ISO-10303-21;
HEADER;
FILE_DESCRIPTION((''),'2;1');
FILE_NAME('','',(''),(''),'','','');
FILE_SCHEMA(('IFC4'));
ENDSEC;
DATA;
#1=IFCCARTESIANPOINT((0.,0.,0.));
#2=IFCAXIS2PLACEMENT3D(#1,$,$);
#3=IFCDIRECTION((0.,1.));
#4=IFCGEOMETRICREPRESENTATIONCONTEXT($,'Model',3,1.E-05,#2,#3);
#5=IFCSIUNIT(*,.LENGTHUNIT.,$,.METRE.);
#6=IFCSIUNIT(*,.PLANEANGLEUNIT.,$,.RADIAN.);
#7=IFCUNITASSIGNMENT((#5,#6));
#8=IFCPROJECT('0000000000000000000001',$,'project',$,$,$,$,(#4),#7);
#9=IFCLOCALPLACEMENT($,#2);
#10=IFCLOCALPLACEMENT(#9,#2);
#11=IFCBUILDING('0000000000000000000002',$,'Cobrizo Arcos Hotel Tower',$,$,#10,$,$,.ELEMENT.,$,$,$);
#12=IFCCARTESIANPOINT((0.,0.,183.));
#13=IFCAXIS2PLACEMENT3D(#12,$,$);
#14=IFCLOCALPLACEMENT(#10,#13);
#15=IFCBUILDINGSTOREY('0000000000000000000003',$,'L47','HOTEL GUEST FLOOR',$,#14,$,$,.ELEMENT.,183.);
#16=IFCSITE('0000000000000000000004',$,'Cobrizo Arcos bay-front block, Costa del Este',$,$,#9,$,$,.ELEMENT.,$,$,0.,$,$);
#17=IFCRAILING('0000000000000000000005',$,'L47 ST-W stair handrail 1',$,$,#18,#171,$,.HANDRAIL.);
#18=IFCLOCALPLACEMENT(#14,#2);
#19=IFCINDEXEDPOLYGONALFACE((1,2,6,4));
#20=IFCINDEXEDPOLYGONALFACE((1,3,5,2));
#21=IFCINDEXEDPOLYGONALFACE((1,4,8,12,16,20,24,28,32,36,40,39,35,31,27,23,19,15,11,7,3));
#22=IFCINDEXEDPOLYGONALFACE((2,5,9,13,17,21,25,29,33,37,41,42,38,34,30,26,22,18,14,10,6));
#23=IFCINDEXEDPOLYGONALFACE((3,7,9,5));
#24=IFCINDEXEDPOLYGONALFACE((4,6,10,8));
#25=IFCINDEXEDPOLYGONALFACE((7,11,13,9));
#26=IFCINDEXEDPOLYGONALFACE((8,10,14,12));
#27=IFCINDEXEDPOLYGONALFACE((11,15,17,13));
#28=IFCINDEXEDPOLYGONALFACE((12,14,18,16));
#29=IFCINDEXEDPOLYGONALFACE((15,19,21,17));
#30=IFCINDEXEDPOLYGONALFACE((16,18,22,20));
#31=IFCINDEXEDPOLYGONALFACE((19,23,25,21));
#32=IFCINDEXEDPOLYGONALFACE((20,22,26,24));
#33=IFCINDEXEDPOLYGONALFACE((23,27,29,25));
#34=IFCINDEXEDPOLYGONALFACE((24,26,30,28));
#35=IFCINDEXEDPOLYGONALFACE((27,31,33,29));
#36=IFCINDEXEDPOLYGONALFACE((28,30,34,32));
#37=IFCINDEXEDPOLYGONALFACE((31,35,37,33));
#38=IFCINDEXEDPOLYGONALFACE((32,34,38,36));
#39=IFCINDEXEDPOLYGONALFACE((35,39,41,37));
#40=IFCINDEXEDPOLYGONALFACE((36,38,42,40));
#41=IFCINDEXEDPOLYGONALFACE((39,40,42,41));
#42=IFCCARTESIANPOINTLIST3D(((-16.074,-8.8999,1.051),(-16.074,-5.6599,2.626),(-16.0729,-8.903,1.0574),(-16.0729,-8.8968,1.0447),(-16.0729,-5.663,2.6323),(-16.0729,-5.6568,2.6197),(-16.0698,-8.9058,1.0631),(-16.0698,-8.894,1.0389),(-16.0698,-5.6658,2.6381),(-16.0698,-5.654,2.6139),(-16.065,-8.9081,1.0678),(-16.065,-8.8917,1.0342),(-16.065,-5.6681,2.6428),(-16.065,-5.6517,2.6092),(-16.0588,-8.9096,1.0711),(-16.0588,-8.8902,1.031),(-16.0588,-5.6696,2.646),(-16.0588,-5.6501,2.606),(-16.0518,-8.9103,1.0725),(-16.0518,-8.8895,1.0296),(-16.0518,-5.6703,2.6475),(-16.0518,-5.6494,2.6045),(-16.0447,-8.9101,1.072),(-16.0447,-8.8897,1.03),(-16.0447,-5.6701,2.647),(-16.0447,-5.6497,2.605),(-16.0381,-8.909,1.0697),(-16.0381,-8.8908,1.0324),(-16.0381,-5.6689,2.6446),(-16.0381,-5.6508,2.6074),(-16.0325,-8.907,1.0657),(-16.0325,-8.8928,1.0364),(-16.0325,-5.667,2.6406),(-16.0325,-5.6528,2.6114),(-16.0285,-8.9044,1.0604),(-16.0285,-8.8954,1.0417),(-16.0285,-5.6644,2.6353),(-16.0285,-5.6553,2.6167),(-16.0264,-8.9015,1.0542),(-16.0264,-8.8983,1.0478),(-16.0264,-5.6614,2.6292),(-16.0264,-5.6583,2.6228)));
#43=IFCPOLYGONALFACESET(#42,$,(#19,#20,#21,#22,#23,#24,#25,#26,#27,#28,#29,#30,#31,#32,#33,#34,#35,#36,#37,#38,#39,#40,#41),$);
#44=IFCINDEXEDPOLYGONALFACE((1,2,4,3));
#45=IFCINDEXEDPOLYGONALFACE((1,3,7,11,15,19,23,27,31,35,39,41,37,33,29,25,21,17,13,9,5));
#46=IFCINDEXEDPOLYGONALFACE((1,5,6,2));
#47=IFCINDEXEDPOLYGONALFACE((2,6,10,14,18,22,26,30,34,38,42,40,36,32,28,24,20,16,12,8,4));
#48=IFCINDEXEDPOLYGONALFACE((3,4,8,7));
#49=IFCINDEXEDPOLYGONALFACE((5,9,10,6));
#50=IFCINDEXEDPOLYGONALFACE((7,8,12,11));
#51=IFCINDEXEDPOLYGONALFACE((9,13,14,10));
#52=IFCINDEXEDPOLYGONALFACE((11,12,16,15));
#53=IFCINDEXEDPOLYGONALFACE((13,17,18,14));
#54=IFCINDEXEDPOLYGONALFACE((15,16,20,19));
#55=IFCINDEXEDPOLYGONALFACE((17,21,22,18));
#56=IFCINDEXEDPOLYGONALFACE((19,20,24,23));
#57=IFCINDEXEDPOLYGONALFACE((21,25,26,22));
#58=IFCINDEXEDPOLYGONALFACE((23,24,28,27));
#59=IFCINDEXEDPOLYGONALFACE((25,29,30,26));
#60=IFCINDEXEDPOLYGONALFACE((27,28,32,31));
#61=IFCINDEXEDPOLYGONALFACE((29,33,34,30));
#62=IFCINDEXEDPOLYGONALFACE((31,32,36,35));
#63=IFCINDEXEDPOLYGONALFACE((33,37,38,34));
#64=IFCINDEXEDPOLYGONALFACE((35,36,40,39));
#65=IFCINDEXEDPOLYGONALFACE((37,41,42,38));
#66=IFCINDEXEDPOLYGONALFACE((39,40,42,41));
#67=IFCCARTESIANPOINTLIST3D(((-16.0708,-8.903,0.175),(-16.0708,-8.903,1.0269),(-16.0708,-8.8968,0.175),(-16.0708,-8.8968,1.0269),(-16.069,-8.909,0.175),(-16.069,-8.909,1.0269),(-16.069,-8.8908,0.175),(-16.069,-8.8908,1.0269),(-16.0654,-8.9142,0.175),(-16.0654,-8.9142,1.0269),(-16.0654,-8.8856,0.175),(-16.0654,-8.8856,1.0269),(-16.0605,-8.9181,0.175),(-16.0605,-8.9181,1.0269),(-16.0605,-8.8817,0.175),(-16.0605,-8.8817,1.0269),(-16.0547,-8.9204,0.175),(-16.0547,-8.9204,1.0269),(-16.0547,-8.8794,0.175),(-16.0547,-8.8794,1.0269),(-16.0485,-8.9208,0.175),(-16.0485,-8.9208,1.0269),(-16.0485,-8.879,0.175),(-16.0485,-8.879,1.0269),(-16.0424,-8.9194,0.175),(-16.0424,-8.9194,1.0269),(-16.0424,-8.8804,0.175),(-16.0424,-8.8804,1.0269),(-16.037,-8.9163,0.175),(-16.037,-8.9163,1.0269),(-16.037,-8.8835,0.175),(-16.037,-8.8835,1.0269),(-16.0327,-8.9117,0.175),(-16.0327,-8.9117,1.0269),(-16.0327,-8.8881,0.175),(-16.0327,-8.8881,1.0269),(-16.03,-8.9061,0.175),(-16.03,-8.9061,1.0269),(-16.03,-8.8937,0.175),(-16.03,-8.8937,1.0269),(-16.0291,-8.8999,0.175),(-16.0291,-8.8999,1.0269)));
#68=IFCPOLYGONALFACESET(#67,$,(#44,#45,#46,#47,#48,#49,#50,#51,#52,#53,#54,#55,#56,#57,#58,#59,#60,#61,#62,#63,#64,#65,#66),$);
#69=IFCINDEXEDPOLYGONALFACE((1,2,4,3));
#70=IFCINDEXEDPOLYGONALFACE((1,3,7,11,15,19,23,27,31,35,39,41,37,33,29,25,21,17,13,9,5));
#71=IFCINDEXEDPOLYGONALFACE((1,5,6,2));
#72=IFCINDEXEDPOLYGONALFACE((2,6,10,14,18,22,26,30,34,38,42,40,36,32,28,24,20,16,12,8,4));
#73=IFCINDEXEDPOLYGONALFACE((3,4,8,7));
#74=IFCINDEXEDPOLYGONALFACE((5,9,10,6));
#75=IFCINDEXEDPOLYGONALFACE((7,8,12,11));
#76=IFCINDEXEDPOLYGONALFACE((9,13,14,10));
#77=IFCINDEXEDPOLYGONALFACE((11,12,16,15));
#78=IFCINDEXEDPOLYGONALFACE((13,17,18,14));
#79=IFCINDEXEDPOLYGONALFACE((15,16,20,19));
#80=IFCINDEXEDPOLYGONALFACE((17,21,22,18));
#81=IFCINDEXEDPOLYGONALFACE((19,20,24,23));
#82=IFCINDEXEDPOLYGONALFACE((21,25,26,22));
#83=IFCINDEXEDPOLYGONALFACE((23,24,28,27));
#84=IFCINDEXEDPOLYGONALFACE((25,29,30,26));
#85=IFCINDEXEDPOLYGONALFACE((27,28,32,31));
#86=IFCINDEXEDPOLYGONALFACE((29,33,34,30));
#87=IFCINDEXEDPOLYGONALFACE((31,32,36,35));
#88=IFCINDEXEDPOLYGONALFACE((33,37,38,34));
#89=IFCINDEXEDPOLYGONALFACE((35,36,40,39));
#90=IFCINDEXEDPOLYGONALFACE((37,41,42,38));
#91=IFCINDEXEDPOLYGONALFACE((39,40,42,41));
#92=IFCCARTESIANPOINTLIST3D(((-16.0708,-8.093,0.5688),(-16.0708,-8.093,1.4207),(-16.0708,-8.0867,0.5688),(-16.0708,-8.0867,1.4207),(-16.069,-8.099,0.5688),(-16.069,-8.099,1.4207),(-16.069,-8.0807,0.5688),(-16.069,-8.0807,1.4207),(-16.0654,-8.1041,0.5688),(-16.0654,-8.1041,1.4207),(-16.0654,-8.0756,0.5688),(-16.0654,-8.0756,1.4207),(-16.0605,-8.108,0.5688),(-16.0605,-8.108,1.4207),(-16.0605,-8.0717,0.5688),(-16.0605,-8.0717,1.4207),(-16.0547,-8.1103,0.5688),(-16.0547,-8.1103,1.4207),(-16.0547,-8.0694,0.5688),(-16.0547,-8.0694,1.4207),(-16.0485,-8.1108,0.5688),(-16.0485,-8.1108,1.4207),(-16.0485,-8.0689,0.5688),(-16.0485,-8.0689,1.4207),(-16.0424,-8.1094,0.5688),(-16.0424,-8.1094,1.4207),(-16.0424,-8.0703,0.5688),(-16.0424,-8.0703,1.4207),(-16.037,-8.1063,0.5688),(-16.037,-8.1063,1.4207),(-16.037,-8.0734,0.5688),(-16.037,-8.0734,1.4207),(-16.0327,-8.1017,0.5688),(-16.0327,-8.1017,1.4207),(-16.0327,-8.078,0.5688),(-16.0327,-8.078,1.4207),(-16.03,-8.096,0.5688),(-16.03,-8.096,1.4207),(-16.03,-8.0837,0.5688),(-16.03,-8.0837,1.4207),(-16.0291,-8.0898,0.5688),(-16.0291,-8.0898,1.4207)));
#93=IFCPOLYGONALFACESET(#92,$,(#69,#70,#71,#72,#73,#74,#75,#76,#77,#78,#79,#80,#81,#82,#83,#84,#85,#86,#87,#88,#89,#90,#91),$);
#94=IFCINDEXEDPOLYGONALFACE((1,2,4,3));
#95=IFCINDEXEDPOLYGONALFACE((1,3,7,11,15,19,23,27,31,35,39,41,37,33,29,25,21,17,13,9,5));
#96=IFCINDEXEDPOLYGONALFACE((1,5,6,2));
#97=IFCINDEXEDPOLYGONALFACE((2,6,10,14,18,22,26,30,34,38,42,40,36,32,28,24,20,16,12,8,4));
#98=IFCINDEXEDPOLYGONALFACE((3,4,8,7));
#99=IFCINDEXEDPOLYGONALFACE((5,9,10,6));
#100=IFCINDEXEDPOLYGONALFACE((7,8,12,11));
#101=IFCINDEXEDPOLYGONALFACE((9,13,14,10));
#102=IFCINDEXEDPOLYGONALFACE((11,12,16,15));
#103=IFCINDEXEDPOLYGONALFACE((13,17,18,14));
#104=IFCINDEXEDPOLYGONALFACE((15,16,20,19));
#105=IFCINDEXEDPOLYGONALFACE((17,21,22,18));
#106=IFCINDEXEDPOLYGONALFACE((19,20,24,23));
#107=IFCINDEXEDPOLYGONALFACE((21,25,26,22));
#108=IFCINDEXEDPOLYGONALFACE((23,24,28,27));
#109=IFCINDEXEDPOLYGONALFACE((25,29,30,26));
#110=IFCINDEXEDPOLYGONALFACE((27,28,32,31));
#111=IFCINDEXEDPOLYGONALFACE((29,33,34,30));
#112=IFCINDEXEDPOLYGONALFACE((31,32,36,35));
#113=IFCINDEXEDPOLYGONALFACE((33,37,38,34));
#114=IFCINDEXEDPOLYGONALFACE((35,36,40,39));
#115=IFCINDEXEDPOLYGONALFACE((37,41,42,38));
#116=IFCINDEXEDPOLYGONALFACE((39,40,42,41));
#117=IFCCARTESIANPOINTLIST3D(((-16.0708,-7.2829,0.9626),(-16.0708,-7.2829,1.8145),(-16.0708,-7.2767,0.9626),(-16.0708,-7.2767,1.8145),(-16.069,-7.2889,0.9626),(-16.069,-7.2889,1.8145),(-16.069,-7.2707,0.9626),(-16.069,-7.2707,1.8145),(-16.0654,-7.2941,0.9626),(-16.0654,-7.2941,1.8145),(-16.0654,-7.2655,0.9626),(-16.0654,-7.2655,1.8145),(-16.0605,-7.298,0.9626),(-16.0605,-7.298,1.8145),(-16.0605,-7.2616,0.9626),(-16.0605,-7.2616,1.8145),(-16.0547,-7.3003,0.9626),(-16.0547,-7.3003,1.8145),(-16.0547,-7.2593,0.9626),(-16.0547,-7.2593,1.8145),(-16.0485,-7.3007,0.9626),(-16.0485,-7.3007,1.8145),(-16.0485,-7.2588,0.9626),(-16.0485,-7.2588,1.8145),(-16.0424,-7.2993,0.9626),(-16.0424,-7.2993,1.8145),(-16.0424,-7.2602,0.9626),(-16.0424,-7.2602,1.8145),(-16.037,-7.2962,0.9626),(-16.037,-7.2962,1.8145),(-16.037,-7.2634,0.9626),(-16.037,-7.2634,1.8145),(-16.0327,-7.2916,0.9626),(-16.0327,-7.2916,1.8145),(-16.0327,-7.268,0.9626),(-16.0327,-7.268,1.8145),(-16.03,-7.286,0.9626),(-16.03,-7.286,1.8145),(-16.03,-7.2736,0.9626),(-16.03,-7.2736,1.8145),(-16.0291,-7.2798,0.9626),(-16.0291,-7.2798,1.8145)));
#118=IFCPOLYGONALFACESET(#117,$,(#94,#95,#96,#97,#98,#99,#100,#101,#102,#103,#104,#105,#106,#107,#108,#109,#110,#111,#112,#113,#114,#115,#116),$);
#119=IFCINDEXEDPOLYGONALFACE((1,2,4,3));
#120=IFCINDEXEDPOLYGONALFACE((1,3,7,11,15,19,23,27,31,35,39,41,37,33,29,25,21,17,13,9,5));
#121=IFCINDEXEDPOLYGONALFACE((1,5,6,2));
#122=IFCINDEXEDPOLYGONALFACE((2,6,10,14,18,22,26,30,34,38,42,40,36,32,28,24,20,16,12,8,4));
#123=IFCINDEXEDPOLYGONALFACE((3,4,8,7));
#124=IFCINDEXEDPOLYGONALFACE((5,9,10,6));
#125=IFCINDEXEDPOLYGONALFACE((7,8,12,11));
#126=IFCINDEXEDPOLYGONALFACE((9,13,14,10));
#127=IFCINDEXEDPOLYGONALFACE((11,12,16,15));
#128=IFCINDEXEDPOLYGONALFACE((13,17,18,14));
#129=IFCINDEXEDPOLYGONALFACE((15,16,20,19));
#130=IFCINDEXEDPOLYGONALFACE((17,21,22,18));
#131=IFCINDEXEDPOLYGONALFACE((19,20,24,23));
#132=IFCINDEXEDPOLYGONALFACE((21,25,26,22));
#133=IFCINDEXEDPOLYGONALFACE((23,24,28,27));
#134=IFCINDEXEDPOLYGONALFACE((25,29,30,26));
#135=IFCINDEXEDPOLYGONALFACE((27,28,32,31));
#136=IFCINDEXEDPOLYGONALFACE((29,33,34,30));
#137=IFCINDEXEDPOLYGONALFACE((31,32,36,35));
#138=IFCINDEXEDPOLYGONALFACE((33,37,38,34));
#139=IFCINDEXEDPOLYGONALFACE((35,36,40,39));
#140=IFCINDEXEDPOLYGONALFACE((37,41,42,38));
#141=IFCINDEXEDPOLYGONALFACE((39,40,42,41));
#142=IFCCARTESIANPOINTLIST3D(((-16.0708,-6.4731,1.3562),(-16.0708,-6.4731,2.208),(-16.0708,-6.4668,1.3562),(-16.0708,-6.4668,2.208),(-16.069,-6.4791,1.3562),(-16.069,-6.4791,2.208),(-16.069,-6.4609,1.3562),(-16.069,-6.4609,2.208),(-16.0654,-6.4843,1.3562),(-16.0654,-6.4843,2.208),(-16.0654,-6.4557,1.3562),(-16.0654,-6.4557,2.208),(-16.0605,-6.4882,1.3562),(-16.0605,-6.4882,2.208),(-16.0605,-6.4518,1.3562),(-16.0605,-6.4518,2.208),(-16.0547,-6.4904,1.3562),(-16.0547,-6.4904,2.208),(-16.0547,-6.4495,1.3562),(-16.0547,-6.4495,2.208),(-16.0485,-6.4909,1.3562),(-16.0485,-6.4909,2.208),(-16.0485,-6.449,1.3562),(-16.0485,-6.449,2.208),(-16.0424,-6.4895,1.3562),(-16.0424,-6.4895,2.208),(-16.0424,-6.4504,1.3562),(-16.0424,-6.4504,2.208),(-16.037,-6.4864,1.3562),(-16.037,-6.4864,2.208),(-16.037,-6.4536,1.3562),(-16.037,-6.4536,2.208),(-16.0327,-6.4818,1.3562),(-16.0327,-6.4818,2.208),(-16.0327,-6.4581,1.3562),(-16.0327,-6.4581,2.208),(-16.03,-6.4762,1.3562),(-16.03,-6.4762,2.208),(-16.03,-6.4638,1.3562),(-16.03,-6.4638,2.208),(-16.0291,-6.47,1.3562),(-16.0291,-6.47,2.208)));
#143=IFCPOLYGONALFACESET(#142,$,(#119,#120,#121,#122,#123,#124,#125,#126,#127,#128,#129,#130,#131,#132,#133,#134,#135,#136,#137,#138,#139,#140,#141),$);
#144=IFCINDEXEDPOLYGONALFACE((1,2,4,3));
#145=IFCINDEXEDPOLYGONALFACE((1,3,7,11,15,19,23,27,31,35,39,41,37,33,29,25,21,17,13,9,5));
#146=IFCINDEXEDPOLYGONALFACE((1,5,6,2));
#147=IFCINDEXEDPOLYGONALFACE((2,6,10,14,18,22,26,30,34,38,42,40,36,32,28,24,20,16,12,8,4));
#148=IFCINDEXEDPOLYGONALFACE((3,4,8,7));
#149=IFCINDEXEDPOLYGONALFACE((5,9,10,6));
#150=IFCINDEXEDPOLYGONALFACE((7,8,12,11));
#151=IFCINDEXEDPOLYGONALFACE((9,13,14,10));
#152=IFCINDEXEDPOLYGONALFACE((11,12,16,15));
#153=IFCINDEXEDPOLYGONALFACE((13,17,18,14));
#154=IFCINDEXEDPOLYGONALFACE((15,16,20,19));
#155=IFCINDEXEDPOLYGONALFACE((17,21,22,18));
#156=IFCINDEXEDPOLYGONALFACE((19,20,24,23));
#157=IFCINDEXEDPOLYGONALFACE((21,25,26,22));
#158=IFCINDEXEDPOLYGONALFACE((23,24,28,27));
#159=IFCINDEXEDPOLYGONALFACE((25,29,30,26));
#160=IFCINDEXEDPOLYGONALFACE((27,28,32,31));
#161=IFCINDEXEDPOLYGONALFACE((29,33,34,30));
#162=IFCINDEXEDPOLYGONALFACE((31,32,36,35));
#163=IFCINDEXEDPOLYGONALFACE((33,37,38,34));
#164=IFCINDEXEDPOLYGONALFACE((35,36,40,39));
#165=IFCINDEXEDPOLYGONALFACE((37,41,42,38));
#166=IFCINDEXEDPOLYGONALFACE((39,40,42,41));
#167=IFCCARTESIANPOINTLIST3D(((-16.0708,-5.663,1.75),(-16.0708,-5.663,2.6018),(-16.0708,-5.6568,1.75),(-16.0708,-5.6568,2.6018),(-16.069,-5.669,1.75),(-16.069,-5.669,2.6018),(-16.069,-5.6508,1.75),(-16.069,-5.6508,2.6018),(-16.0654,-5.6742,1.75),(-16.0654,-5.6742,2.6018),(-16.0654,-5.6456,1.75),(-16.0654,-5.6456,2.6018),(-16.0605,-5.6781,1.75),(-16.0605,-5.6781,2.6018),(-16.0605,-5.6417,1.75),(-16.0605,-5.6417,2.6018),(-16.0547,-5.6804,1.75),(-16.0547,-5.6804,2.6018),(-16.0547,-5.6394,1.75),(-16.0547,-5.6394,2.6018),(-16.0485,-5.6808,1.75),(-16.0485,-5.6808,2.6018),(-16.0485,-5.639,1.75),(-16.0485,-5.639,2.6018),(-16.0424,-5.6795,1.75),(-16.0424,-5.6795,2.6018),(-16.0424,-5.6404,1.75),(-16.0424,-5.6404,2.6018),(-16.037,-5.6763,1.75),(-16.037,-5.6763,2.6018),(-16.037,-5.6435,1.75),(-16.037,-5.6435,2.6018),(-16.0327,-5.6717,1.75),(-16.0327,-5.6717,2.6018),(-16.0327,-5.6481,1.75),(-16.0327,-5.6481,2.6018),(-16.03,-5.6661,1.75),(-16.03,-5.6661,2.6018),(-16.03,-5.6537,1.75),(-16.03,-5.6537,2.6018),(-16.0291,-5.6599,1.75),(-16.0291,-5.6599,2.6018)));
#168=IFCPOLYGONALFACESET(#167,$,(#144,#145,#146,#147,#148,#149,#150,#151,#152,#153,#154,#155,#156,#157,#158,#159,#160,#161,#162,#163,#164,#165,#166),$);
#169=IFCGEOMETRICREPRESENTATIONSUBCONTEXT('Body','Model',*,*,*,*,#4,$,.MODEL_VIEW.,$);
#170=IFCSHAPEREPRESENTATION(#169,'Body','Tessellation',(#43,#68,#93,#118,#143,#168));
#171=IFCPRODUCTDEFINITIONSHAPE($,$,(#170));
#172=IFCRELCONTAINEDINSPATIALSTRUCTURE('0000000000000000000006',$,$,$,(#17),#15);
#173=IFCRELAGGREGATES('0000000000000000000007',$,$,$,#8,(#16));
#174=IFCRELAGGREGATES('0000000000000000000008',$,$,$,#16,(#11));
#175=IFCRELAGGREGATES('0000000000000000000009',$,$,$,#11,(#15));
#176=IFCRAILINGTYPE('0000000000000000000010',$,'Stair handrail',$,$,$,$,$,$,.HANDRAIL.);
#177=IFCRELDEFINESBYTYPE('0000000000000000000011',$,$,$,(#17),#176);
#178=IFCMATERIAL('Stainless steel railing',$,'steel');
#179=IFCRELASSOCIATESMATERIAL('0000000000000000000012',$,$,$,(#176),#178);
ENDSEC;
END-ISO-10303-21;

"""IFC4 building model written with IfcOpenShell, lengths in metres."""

from ifc_helpers import new_model, si_unit, direction, frame, origin, origin_2d, place, context, subcontext, project, spatial, circle, extrude, material, type_object, element, save


model = new_model("IFC4")

# Units and contexts
model_context = context("Model", 3, precision=1e-05, world=origin(), true_north=direction((0.0, 1.0)))
body_context = subcontext(model_context, "Body", "Model", "MODEL_VIEW")
ifc_project = project(units=[si_unit("LENGTHUNIT", "METRE"), si_unit("PLANEANGLEUNIT", "RADIAN")], contexts=[model_context])

# Site, building, storey
site_placement = place(None, origin())
site = spatial("IfcSite", under=ifc_project, at=site_placement, Name="Cobrizo Arcos bay-front block, Costa del Este", CompositionType="ELEMENT", RefElevation=0.0)
building_placement = place(site_placement, origin())
building = spatial("IfcBuilding", under=site, at=building_placement, Name="Cobrizo Arcos Hotel Tower", CompositionType="ELEMENT")
storey_placement = place(building_placement, frame((0.0, 0.0, 183.0)))
storey = spatial("IfcBuildingStorey", under=building, at=storey_placement, Name="L47", Description="HOTEL GUEST FLOOR", CompositionType="ELEMENT", Elevation=183.0)

# Railing
ifc_material_1 = material(Name="Stainless steel railing", Category="steel")
railing_type = type_object("IfcRailingType", Name="Stair handrail", PredefinedType="HANDRAIL", material=ifc_material_1)
railing_placement = place(storey_placement, frame((-16.05, -8.8999, 0.175)))
element("IfcRailing", 1, at=railing_placement, inside=storey, type_object=railing_type, Name="L47 ST-W stair handrail 1", PredefinedType="HANDRAIL", context=body_context, shape_type="SweptSolid", body=[
    extrude(circle(Radius=0.0239, at=origin_2d()), frame((0.0, 0.0, 0.876), z_axis=(0.0, 0.899373, 0.437183), x_axis=(-1.0, 0.0, 0.0)), (0.0, 0.0, 1.0), 3.6025),
    extrude(circle(Radius=0.021, at=origin_2d()), origin(), (0.0, 0.0, 1.0), 0.8518),
    extrude(circle(Radius=0.021, at=origin_2d()), frame((0.0, 0.8101, 0.3938)), (0.0, 0.0, 1.0), 0.8518),
    extrude(circle(Radius=0.021, at=origin_2d()), frame((0.0, 1.6201, 0.7876)), (0.0, 0.0, 1.0), 0.8518),
    extrude(circle(Radius=0.021, at=origin_2d()), frame((0.0, 2.4299, 1.1812)), (0.0, 0.0, 1.0), 0.8518),
    extrude(circle(Radius=0.021, at=origin_2d()), frame((0.0, 3.24, 1.575)), (0.0, 0.0, 1.0), 0.8518),
])

save(model, "model.ifc")
